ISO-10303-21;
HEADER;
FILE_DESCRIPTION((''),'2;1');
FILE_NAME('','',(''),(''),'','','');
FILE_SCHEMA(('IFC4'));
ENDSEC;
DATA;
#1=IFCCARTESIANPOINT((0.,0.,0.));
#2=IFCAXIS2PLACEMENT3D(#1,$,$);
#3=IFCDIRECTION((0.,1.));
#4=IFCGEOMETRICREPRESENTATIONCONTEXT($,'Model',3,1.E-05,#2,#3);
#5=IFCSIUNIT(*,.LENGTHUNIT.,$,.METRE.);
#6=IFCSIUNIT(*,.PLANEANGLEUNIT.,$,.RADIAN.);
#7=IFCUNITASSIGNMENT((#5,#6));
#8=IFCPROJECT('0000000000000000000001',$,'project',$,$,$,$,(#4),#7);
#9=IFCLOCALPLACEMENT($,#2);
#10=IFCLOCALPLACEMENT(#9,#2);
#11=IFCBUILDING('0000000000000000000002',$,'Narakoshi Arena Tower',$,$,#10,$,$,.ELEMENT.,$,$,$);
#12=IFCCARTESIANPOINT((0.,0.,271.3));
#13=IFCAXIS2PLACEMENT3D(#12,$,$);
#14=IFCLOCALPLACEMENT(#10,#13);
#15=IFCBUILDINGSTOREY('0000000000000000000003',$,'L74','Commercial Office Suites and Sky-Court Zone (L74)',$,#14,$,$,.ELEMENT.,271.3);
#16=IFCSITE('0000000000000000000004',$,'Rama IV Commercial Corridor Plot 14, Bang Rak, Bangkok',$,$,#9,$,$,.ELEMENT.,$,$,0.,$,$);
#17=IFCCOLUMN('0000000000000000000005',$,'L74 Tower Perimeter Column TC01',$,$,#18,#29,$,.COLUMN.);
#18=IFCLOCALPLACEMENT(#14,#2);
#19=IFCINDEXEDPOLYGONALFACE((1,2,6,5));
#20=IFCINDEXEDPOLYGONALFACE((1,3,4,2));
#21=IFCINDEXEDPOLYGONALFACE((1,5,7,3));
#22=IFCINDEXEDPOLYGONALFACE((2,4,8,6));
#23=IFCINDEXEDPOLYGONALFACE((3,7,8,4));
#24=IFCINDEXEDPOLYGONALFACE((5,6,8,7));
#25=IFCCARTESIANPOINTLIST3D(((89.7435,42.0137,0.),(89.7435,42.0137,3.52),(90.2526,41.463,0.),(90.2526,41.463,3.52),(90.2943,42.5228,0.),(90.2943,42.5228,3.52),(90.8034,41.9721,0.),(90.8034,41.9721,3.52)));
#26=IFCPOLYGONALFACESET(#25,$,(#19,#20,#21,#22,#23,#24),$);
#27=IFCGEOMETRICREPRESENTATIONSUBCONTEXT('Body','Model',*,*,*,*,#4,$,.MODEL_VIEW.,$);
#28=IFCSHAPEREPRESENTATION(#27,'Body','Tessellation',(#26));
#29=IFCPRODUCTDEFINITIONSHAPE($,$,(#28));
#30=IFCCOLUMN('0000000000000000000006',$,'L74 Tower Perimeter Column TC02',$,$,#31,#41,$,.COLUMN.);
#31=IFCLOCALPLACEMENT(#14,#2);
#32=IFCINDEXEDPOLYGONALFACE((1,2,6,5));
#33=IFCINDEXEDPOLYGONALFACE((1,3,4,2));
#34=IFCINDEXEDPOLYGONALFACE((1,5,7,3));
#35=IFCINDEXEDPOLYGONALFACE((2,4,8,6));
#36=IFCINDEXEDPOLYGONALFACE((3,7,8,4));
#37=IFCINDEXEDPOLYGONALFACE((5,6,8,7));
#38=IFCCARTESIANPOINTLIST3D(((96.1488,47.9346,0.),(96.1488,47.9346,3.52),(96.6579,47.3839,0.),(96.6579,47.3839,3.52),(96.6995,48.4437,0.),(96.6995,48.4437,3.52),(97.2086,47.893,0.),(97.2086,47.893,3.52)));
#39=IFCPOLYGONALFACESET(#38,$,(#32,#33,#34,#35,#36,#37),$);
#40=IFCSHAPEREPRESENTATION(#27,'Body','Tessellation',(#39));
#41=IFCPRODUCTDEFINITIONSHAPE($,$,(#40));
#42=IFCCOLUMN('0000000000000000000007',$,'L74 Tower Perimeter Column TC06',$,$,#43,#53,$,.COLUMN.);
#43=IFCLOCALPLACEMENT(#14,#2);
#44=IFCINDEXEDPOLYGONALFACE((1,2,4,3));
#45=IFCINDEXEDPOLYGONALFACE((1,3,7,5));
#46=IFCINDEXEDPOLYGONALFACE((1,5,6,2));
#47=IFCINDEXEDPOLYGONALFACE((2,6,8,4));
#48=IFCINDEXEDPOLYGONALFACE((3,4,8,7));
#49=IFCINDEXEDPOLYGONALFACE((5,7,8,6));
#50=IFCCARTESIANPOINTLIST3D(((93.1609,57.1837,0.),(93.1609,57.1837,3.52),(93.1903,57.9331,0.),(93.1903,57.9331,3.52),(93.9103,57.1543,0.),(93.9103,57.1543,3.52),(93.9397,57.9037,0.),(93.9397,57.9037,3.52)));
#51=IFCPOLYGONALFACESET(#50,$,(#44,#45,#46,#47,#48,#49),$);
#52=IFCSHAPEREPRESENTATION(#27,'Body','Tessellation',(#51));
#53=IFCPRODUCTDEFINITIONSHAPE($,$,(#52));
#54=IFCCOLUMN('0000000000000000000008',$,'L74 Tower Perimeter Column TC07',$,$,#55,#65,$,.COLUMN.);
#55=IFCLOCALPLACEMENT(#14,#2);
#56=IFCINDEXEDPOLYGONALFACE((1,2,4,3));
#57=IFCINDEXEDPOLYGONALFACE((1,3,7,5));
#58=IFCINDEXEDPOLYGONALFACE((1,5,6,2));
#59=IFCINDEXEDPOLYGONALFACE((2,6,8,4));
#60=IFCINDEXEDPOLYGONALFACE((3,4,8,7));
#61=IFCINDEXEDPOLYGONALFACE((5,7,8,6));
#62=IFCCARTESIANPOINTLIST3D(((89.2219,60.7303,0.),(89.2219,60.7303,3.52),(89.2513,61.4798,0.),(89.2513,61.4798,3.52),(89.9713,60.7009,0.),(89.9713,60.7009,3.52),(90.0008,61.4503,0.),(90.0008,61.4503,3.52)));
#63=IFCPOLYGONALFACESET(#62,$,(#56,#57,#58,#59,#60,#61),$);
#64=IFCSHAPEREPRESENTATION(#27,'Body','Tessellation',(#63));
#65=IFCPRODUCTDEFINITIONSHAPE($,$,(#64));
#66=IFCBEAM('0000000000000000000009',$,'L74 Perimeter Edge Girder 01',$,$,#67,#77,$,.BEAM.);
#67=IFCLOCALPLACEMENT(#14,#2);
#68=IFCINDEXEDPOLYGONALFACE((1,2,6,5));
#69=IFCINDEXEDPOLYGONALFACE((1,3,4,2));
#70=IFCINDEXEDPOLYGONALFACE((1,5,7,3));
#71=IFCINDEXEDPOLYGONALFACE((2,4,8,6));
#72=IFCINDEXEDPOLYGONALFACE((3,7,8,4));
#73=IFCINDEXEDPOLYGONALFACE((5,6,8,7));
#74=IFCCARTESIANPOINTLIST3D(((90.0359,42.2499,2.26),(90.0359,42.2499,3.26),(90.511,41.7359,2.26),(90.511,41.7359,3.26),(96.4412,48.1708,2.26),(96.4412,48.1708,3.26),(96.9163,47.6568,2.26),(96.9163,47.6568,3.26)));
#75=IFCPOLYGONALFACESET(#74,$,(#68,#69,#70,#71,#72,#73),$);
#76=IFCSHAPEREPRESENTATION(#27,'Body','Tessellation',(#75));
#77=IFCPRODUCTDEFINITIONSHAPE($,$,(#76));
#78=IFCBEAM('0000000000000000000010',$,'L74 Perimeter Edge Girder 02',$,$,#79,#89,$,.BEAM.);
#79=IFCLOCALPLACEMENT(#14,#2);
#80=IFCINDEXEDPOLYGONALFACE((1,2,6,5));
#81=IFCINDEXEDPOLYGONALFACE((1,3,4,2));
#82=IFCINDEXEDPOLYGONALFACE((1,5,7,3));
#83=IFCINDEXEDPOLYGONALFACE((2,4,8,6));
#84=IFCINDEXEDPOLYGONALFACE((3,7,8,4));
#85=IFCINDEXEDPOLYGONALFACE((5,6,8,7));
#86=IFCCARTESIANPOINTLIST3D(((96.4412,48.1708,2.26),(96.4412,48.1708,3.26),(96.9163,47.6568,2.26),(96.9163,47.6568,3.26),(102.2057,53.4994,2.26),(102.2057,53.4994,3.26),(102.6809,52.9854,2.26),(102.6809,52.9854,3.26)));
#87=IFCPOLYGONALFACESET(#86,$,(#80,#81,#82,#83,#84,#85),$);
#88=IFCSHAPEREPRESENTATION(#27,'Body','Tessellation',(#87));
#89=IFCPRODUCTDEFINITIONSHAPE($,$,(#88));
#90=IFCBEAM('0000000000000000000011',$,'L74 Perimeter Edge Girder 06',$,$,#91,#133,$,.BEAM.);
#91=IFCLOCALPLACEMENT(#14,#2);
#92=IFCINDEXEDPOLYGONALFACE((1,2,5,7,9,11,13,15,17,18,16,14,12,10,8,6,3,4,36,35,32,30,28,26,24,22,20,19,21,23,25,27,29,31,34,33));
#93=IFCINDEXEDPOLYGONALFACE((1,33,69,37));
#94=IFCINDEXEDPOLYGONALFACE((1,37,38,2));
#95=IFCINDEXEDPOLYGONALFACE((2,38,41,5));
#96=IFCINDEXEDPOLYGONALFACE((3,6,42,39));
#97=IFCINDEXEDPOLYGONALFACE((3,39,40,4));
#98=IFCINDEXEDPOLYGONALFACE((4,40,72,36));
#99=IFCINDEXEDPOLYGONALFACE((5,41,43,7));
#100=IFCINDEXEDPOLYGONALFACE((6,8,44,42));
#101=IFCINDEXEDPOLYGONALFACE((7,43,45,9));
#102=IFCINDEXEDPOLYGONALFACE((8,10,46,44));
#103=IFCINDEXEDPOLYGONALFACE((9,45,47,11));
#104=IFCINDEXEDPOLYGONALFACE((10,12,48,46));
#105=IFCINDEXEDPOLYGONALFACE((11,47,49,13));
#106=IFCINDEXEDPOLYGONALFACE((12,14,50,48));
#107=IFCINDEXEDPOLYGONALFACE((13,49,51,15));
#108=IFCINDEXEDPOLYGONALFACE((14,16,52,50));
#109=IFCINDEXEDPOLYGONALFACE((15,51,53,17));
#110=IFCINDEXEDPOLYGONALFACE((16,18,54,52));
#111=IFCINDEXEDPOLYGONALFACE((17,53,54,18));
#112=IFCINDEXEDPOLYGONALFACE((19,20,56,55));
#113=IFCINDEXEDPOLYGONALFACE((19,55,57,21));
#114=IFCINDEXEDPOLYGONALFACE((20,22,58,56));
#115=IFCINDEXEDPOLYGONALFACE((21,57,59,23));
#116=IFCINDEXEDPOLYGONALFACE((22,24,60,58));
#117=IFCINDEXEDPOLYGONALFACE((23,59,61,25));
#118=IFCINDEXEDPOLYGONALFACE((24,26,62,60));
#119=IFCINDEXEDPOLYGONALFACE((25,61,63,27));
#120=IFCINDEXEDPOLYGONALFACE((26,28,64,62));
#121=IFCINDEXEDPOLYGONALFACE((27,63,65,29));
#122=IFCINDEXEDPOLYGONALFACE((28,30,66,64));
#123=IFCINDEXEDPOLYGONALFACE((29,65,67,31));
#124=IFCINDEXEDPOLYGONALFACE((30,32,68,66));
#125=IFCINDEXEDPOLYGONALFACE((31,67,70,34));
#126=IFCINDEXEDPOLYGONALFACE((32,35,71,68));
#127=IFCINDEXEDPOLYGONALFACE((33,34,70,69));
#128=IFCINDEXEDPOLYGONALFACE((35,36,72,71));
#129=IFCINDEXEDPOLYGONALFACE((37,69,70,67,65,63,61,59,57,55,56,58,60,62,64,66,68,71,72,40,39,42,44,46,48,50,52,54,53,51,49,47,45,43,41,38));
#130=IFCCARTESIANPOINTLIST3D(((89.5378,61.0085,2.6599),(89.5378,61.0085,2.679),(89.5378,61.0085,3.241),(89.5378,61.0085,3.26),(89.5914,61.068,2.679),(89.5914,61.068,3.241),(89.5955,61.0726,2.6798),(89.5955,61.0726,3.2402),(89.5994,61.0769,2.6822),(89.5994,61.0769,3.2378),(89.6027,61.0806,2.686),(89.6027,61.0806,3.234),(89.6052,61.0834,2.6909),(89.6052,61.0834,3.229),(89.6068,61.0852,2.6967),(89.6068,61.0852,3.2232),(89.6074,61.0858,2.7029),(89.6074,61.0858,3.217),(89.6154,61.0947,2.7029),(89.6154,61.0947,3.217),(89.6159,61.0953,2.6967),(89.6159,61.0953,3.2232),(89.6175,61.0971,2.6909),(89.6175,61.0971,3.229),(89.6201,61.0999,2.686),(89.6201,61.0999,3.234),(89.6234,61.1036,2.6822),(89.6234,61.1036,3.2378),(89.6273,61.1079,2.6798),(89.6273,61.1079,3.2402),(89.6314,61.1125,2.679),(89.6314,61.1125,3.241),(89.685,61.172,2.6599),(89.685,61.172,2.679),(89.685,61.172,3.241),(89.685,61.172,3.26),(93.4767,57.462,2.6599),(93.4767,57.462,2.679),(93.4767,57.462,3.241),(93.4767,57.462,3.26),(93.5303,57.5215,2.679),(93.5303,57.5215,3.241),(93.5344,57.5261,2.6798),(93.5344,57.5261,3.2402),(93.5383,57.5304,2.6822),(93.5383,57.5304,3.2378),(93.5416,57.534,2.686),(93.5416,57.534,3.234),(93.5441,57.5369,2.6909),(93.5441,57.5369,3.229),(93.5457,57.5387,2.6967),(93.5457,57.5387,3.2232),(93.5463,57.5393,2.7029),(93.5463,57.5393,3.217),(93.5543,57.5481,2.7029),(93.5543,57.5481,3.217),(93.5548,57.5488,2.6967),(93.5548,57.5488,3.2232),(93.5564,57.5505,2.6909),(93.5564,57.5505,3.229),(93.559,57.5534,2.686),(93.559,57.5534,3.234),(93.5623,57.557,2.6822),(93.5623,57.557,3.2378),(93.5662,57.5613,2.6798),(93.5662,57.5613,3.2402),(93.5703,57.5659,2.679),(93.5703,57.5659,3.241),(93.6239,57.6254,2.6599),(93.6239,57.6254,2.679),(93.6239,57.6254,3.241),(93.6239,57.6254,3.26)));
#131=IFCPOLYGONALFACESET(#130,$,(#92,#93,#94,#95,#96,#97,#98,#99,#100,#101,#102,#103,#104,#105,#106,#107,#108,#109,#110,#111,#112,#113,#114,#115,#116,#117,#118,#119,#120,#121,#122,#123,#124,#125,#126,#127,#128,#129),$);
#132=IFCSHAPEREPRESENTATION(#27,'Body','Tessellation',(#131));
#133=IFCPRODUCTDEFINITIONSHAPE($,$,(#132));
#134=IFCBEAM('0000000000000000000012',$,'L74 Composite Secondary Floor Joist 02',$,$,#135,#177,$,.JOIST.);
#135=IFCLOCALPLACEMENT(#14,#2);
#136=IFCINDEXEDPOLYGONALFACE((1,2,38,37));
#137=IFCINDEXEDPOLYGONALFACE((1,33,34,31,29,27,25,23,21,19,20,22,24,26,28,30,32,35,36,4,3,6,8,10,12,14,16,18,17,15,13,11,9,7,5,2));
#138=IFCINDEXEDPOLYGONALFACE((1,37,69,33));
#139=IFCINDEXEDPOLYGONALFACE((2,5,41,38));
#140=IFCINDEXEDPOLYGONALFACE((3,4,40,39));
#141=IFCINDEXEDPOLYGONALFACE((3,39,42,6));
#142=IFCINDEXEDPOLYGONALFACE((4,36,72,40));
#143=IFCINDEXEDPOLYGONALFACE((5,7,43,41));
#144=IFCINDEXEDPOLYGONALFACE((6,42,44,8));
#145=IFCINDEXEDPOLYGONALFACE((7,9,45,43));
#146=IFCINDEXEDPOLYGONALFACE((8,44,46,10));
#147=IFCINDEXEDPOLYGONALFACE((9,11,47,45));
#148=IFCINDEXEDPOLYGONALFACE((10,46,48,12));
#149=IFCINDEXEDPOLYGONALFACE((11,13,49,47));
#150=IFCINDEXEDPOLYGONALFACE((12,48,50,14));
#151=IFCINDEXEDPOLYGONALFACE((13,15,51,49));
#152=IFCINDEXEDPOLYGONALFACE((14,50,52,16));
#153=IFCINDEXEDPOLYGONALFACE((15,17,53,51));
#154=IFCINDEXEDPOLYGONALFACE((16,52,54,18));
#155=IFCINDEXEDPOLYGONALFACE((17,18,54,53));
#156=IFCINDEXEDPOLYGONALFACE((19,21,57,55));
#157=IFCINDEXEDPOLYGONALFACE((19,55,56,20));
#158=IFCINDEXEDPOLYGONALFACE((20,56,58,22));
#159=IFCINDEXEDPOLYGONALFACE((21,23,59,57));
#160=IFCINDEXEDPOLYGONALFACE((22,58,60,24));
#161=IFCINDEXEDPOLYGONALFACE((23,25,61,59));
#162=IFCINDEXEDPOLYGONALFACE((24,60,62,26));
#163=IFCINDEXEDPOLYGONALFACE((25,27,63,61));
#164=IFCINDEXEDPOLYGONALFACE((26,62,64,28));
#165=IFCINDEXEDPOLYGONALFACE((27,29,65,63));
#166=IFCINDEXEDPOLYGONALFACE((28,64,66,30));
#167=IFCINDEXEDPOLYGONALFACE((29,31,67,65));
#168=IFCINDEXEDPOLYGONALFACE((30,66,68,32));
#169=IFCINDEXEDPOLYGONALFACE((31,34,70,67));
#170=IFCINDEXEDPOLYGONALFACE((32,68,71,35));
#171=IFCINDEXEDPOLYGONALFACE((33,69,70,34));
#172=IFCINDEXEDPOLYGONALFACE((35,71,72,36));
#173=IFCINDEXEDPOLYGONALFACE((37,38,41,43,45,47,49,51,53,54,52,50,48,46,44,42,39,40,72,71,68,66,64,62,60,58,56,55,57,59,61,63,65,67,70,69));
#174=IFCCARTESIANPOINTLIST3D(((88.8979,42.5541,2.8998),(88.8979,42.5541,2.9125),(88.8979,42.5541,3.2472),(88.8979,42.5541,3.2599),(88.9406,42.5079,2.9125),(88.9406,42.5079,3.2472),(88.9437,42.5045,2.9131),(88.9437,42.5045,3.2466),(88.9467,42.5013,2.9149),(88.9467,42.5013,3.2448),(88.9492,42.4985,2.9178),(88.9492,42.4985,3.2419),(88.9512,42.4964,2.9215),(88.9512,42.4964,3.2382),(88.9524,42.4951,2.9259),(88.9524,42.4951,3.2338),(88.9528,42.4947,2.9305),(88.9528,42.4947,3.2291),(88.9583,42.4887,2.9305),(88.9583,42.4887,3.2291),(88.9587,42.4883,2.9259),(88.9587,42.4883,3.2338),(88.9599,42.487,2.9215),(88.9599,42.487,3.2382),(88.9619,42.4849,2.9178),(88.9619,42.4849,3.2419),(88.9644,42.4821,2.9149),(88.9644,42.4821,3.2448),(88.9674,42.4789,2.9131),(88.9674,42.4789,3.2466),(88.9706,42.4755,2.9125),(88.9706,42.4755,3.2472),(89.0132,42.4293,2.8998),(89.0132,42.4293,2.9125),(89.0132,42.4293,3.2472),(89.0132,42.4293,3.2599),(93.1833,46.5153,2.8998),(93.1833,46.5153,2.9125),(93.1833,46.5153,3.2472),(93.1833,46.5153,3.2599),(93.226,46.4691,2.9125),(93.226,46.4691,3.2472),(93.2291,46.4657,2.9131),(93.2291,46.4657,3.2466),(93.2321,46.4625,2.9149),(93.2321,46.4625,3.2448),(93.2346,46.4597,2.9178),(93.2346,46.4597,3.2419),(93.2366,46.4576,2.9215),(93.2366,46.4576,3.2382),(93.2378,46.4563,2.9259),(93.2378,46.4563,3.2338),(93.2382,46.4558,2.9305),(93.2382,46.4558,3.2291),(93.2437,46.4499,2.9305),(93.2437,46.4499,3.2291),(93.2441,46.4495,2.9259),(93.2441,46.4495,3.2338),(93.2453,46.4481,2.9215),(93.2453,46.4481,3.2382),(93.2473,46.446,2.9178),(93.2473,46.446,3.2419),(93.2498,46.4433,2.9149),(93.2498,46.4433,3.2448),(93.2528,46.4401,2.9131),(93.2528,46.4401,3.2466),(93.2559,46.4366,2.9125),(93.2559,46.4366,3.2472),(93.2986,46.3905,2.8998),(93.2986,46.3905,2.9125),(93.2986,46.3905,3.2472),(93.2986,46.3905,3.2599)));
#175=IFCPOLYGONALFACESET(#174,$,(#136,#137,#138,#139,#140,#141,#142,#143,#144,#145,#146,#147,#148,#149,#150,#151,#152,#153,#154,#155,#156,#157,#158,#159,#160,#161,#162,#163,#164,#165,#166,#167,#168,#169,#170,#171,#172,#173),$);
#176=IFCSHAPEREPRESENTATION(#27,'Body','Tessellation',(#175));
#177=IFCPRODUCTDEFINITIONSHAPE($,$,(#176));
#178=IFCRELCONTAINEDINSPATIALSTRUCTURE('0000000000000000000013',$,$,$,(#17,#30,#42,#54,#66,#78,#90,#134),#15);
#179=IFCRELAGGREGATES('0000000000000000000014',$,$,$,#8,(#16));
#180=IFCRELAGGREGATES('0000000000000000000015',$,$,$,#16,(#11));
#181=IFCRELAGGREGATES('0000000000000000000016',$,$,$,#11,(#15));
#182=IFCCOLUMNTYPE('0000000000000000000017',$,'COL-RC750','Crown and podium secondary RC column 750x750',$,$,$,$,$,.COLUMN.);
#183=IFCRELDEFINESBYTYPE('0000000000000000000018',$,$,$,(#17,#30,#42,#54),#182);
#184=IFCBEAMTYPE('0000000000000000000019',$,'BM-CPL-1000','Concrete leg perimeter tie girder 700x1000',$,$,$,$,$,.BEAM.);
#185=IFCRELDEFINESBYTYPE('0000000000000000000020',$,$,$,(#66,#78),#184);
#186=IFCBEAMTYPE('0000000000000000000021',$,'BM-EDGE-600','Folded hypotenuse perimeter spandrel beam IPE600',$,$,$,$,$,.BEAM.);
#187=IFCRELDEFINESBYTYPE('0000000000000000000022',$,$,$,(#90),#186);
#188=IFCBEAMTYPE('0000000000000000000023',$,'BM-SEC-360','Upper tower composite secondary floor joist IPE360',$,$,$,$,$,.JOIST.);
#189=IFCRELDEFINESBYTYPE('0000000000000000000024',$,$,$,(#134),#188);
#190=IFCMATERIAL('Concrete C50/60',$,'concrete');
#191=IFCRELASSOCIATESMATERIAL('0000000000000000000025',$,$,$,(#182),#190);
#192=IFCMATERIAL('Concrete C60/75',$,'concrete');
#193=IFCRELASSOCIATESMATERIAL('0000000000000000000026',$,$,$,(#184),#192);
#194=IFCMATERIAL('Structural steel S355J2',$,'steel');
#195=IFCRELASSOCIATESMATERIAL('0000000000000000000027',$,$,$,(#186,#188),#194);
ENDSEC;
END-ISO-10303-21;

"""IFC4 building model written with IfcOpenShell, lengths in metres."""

from ifc_helpers import new_model, si_unit, direction, frame, origin, origin_2d, place, context, subcontext, project, spatial, rectangle, i_section, extrude, material, material_profile, profile_set, type_object, element, save


model = new_model("IFC4")

# Units and contexts
model_context = context("Model", 3, precision=1e-05, world=origin(), true_north=direction((0.0, 1.0)))
body_context = subcontext(model_context, "Body", "Model", "MODEL_VIEW")
ifc_project = project(units=[si_unit("LENGTHUNIT", "METRE"), si_unit("PLANEANGLEUNIT", "RADIAN")], contexts=[model_context])

# Site, building, storey
site_placement = place(None, origin())
site = spatial("IfcSite", under=ifc_project, at=site_placement, Name="Rama IV Commercial Corridor Plot 14, Bang Rak, Bangkok", CompositionType="ELEMENT", RefElevation=0.0)
building_placement = place(site_placement, origin())
building = spatial("IfcBuilding", under=site, at=building_placement, Name="Narakoshi Arena Tower", CompositionType="ELEMENT")
storey_placement = place(building_placement, frame((0.0, 0.0, 271.3)))
storey = spatial("IfcBuildingStorey", under=building, at=storey_placement, Name="L74", Description="Commercial Office Suites and Sky-Court Zone (L74)", CompositionType="ELEMENT", Elevation=271.3)

# Columns
ifc_material_1 = material(Name="Concrete C50/60", Category="concrete")
ifc_material_profile_1 = material_profile(ifc_material_1, rectangle(XDim=0.75, YDim=0.75, at=origin_2d()), Name="RC750x750")
ifc_profile_set_1 = profile_set([ifc_material_profile_1], Name="Concrete C50/60")
column_type = type_object("IfcColumnType", Name="COL-RC750", Description="Crown and podium secondary RC column 750x750", PredefinedType="COLUMN", material=ifc_profile_set_1)
for number, where, z_axis, x_axis, name in (
    (1, (90.2734, 41.9929, 0.0), (0.0, 0.0, 1.0), (0.734323, 0.678801, 0.0), "L74 Tower Perimeter Column TC01"),
    (2, (96.6787, 47.9138, 0.0), (0.0, 0.0, 1.0), (0.734323, 0.678801, 0.0), "L74 Tower Perimeter Column TC02"),
    (3, (93.5503, 57.5437, 0.0), (0.0, 0.0, 1.0), (0.03926, 0.999229, 0.0), "L74 Tower Perimeter Column TC06"),
    (4, (89.6113, 61.0903, 0.0), (0.0, 0.0, 1.0), (0.03926, 0.999229, 0.0), "L74 Tower Perimeter Column TC07"),
):
    element("IfcColumn", number, at=place(storey_placement, frame(where, z_axis=z_axis, x_axis=x_axis)), inside=storey, type_object=column_type, Name=name, PredefinedType="COLUMN", context=body_context, shape_type="SweptSolid", body=[
        extrude(rectangle(XDim=0.75, YDim=0.75, at=origin_2d()), origin(), (0.0, 0.0, 1.0), 3.52),
    ])

# Beams
ifc_material_2 = material(Name="Concrete C60/75", Category="concrete")
ifc_material_profile_2 = material_profile(ifc_material_2, rectangle(XDim=0.7, YDim=1.0, at=origin_2d()), Name="RCB700x1000")
ifc_profile_set_2 = profile_set([ifc_material_profile_2], Name="Concrete C60/75")
beam_type_1 = type_object("IfcBeamType", Name="BM-CPL-1000", Description="Concrete leg perimeter tie girder 700x1000", PredefinedType="BEAM", material=ifc_profile_set_2)
beam_1_placement = place(storey_placement, frame((90.2734, 41.9929, 2.76), z_axis=(0.734327, 0.678796, 0.0), x_axis=(-0.678796, 0.734327, 0.0)))
element("IfcBeam", 5, at=beam_1_placement, inside=storey, type_object=beam_type_1, Name="L74 Perimeter Edge Girder 01", PredefinedType="BEAM", context=body_context, shape_type="SweptSolid", body=[
    extrude(rectangle(XDim=0.7, YDim=1.0, at=origin_2d()), origin(), (0.0, 0.0, 1.0), 8.7227),
])
beam_2_placement = place(storey_placement, frame((96.6787, 47.9138, 2.76), z_axis=(0.734333, 0.678789, 0.0), x_axis=(-0.678789, 0.734333, 0.0)))
element("IfcBeam", 6, at=beam_2_placement, inside=storey, type_object=beam_type_1, Name="L74 Perimeter Edge Girder 02", PredefinedType="BEAM", context=body_context, shape_type="SweptSolid", body=[
    extrude(rectangle(XDim=0.7, YDim=1.0, at=origin_2d()), origin(), (0.0, 0.0, 1.0), 7.8501),
])
ifc_material_3 = material(Name="Structural steel S355J2", Category="steel")
ifc_material_profile_3 = material_profile(ifc_material_3, i_section(OverallWidth=0.22, OverallDepth=0.6001, WebThickness=0.012, FlangeThickness=0.019, FilletRadius=0.0239, at=origin_2d()), Name="IPE600")
ifc_profile_set_3 = profile_set([ifc_material_profile_3], Name="Structural steel S355J2")
beam_type_2 = type_object("IfcBeamType", Name="BM-EDGE-600", Description="Folded hypotenuse perimeter spandrel beam IPE600", PredefinedType="BEAM", material=ifc_profile_set_3)
beam_3_placement = place(storey_placement, frame((93.5503, 57.5437, 2.96), z_axis=(-0.743148, 0.669128, 0.0), x_axis=(-0.669128, -0.743148, 0.0)))
element("IfcBeam", 7, at=beam_3_placement, inside=storey, type_object=beam_type_2, Name="L74 Perimeter Edge Girder 06", PredefinedType="BEAM", context=body_context, shape_type="SweptSolid", body=[
    extrude(i_section(OverallWidth=0.22, OverallDepth=0.6001, WebThickness=0.012, FlangeThickness=0.019, FilletRadius=0.0239, at=origin_2d()), origin(), (0.0, 0.0, 1.0), 5.3003),
])
ifc_material_profile_4 = material_profile(ifc_material_3, i_section(OverallWidth=0.1699, OverallDepth=0.3601, WebThickness=0.0081, FlangeThickness=0.0127, FilletRadius=0.0181, at=origin_2d()), Name="IPE360")
ifc_profile_set_4 = profile_set([ifc_material_profile_4], Name="Structural steel S355J2")
beam_type_3 = type_object("IfcBeamType", Name="BM-SEC-360", Description="Upper tower composite secondary floor joist IPE360", PredefinedType="JOIST", material=ifc_profile_set_4)
beam_4_placement = place(storey_placement, frame((88.9556, 42.4917, 3.0798), z_axis=(0.73434, 0.678782, 0.0), x_axis=(-0.678782, 0.73434, 0.0)))
element("IfcBeam", 8, at=beam_4_placement, inside=storey, type_object=beam_type_3, Name="L74 Composite Secondary Floor Joist 02", PredefinedType="JOIST", context=body_context, shape_type="SweptSolid", body=[
    extrude(i_section(OverallWidth=0.1699, OverallDepth=0.3601, WebThickness=0.0081, FlangeThickness=0.0127, FilletRadius=0.0181, at=origin_2d()), origin(), (0.0, 0.0, 1.0), 5.8357),
])

save(model, "model.ifc")
